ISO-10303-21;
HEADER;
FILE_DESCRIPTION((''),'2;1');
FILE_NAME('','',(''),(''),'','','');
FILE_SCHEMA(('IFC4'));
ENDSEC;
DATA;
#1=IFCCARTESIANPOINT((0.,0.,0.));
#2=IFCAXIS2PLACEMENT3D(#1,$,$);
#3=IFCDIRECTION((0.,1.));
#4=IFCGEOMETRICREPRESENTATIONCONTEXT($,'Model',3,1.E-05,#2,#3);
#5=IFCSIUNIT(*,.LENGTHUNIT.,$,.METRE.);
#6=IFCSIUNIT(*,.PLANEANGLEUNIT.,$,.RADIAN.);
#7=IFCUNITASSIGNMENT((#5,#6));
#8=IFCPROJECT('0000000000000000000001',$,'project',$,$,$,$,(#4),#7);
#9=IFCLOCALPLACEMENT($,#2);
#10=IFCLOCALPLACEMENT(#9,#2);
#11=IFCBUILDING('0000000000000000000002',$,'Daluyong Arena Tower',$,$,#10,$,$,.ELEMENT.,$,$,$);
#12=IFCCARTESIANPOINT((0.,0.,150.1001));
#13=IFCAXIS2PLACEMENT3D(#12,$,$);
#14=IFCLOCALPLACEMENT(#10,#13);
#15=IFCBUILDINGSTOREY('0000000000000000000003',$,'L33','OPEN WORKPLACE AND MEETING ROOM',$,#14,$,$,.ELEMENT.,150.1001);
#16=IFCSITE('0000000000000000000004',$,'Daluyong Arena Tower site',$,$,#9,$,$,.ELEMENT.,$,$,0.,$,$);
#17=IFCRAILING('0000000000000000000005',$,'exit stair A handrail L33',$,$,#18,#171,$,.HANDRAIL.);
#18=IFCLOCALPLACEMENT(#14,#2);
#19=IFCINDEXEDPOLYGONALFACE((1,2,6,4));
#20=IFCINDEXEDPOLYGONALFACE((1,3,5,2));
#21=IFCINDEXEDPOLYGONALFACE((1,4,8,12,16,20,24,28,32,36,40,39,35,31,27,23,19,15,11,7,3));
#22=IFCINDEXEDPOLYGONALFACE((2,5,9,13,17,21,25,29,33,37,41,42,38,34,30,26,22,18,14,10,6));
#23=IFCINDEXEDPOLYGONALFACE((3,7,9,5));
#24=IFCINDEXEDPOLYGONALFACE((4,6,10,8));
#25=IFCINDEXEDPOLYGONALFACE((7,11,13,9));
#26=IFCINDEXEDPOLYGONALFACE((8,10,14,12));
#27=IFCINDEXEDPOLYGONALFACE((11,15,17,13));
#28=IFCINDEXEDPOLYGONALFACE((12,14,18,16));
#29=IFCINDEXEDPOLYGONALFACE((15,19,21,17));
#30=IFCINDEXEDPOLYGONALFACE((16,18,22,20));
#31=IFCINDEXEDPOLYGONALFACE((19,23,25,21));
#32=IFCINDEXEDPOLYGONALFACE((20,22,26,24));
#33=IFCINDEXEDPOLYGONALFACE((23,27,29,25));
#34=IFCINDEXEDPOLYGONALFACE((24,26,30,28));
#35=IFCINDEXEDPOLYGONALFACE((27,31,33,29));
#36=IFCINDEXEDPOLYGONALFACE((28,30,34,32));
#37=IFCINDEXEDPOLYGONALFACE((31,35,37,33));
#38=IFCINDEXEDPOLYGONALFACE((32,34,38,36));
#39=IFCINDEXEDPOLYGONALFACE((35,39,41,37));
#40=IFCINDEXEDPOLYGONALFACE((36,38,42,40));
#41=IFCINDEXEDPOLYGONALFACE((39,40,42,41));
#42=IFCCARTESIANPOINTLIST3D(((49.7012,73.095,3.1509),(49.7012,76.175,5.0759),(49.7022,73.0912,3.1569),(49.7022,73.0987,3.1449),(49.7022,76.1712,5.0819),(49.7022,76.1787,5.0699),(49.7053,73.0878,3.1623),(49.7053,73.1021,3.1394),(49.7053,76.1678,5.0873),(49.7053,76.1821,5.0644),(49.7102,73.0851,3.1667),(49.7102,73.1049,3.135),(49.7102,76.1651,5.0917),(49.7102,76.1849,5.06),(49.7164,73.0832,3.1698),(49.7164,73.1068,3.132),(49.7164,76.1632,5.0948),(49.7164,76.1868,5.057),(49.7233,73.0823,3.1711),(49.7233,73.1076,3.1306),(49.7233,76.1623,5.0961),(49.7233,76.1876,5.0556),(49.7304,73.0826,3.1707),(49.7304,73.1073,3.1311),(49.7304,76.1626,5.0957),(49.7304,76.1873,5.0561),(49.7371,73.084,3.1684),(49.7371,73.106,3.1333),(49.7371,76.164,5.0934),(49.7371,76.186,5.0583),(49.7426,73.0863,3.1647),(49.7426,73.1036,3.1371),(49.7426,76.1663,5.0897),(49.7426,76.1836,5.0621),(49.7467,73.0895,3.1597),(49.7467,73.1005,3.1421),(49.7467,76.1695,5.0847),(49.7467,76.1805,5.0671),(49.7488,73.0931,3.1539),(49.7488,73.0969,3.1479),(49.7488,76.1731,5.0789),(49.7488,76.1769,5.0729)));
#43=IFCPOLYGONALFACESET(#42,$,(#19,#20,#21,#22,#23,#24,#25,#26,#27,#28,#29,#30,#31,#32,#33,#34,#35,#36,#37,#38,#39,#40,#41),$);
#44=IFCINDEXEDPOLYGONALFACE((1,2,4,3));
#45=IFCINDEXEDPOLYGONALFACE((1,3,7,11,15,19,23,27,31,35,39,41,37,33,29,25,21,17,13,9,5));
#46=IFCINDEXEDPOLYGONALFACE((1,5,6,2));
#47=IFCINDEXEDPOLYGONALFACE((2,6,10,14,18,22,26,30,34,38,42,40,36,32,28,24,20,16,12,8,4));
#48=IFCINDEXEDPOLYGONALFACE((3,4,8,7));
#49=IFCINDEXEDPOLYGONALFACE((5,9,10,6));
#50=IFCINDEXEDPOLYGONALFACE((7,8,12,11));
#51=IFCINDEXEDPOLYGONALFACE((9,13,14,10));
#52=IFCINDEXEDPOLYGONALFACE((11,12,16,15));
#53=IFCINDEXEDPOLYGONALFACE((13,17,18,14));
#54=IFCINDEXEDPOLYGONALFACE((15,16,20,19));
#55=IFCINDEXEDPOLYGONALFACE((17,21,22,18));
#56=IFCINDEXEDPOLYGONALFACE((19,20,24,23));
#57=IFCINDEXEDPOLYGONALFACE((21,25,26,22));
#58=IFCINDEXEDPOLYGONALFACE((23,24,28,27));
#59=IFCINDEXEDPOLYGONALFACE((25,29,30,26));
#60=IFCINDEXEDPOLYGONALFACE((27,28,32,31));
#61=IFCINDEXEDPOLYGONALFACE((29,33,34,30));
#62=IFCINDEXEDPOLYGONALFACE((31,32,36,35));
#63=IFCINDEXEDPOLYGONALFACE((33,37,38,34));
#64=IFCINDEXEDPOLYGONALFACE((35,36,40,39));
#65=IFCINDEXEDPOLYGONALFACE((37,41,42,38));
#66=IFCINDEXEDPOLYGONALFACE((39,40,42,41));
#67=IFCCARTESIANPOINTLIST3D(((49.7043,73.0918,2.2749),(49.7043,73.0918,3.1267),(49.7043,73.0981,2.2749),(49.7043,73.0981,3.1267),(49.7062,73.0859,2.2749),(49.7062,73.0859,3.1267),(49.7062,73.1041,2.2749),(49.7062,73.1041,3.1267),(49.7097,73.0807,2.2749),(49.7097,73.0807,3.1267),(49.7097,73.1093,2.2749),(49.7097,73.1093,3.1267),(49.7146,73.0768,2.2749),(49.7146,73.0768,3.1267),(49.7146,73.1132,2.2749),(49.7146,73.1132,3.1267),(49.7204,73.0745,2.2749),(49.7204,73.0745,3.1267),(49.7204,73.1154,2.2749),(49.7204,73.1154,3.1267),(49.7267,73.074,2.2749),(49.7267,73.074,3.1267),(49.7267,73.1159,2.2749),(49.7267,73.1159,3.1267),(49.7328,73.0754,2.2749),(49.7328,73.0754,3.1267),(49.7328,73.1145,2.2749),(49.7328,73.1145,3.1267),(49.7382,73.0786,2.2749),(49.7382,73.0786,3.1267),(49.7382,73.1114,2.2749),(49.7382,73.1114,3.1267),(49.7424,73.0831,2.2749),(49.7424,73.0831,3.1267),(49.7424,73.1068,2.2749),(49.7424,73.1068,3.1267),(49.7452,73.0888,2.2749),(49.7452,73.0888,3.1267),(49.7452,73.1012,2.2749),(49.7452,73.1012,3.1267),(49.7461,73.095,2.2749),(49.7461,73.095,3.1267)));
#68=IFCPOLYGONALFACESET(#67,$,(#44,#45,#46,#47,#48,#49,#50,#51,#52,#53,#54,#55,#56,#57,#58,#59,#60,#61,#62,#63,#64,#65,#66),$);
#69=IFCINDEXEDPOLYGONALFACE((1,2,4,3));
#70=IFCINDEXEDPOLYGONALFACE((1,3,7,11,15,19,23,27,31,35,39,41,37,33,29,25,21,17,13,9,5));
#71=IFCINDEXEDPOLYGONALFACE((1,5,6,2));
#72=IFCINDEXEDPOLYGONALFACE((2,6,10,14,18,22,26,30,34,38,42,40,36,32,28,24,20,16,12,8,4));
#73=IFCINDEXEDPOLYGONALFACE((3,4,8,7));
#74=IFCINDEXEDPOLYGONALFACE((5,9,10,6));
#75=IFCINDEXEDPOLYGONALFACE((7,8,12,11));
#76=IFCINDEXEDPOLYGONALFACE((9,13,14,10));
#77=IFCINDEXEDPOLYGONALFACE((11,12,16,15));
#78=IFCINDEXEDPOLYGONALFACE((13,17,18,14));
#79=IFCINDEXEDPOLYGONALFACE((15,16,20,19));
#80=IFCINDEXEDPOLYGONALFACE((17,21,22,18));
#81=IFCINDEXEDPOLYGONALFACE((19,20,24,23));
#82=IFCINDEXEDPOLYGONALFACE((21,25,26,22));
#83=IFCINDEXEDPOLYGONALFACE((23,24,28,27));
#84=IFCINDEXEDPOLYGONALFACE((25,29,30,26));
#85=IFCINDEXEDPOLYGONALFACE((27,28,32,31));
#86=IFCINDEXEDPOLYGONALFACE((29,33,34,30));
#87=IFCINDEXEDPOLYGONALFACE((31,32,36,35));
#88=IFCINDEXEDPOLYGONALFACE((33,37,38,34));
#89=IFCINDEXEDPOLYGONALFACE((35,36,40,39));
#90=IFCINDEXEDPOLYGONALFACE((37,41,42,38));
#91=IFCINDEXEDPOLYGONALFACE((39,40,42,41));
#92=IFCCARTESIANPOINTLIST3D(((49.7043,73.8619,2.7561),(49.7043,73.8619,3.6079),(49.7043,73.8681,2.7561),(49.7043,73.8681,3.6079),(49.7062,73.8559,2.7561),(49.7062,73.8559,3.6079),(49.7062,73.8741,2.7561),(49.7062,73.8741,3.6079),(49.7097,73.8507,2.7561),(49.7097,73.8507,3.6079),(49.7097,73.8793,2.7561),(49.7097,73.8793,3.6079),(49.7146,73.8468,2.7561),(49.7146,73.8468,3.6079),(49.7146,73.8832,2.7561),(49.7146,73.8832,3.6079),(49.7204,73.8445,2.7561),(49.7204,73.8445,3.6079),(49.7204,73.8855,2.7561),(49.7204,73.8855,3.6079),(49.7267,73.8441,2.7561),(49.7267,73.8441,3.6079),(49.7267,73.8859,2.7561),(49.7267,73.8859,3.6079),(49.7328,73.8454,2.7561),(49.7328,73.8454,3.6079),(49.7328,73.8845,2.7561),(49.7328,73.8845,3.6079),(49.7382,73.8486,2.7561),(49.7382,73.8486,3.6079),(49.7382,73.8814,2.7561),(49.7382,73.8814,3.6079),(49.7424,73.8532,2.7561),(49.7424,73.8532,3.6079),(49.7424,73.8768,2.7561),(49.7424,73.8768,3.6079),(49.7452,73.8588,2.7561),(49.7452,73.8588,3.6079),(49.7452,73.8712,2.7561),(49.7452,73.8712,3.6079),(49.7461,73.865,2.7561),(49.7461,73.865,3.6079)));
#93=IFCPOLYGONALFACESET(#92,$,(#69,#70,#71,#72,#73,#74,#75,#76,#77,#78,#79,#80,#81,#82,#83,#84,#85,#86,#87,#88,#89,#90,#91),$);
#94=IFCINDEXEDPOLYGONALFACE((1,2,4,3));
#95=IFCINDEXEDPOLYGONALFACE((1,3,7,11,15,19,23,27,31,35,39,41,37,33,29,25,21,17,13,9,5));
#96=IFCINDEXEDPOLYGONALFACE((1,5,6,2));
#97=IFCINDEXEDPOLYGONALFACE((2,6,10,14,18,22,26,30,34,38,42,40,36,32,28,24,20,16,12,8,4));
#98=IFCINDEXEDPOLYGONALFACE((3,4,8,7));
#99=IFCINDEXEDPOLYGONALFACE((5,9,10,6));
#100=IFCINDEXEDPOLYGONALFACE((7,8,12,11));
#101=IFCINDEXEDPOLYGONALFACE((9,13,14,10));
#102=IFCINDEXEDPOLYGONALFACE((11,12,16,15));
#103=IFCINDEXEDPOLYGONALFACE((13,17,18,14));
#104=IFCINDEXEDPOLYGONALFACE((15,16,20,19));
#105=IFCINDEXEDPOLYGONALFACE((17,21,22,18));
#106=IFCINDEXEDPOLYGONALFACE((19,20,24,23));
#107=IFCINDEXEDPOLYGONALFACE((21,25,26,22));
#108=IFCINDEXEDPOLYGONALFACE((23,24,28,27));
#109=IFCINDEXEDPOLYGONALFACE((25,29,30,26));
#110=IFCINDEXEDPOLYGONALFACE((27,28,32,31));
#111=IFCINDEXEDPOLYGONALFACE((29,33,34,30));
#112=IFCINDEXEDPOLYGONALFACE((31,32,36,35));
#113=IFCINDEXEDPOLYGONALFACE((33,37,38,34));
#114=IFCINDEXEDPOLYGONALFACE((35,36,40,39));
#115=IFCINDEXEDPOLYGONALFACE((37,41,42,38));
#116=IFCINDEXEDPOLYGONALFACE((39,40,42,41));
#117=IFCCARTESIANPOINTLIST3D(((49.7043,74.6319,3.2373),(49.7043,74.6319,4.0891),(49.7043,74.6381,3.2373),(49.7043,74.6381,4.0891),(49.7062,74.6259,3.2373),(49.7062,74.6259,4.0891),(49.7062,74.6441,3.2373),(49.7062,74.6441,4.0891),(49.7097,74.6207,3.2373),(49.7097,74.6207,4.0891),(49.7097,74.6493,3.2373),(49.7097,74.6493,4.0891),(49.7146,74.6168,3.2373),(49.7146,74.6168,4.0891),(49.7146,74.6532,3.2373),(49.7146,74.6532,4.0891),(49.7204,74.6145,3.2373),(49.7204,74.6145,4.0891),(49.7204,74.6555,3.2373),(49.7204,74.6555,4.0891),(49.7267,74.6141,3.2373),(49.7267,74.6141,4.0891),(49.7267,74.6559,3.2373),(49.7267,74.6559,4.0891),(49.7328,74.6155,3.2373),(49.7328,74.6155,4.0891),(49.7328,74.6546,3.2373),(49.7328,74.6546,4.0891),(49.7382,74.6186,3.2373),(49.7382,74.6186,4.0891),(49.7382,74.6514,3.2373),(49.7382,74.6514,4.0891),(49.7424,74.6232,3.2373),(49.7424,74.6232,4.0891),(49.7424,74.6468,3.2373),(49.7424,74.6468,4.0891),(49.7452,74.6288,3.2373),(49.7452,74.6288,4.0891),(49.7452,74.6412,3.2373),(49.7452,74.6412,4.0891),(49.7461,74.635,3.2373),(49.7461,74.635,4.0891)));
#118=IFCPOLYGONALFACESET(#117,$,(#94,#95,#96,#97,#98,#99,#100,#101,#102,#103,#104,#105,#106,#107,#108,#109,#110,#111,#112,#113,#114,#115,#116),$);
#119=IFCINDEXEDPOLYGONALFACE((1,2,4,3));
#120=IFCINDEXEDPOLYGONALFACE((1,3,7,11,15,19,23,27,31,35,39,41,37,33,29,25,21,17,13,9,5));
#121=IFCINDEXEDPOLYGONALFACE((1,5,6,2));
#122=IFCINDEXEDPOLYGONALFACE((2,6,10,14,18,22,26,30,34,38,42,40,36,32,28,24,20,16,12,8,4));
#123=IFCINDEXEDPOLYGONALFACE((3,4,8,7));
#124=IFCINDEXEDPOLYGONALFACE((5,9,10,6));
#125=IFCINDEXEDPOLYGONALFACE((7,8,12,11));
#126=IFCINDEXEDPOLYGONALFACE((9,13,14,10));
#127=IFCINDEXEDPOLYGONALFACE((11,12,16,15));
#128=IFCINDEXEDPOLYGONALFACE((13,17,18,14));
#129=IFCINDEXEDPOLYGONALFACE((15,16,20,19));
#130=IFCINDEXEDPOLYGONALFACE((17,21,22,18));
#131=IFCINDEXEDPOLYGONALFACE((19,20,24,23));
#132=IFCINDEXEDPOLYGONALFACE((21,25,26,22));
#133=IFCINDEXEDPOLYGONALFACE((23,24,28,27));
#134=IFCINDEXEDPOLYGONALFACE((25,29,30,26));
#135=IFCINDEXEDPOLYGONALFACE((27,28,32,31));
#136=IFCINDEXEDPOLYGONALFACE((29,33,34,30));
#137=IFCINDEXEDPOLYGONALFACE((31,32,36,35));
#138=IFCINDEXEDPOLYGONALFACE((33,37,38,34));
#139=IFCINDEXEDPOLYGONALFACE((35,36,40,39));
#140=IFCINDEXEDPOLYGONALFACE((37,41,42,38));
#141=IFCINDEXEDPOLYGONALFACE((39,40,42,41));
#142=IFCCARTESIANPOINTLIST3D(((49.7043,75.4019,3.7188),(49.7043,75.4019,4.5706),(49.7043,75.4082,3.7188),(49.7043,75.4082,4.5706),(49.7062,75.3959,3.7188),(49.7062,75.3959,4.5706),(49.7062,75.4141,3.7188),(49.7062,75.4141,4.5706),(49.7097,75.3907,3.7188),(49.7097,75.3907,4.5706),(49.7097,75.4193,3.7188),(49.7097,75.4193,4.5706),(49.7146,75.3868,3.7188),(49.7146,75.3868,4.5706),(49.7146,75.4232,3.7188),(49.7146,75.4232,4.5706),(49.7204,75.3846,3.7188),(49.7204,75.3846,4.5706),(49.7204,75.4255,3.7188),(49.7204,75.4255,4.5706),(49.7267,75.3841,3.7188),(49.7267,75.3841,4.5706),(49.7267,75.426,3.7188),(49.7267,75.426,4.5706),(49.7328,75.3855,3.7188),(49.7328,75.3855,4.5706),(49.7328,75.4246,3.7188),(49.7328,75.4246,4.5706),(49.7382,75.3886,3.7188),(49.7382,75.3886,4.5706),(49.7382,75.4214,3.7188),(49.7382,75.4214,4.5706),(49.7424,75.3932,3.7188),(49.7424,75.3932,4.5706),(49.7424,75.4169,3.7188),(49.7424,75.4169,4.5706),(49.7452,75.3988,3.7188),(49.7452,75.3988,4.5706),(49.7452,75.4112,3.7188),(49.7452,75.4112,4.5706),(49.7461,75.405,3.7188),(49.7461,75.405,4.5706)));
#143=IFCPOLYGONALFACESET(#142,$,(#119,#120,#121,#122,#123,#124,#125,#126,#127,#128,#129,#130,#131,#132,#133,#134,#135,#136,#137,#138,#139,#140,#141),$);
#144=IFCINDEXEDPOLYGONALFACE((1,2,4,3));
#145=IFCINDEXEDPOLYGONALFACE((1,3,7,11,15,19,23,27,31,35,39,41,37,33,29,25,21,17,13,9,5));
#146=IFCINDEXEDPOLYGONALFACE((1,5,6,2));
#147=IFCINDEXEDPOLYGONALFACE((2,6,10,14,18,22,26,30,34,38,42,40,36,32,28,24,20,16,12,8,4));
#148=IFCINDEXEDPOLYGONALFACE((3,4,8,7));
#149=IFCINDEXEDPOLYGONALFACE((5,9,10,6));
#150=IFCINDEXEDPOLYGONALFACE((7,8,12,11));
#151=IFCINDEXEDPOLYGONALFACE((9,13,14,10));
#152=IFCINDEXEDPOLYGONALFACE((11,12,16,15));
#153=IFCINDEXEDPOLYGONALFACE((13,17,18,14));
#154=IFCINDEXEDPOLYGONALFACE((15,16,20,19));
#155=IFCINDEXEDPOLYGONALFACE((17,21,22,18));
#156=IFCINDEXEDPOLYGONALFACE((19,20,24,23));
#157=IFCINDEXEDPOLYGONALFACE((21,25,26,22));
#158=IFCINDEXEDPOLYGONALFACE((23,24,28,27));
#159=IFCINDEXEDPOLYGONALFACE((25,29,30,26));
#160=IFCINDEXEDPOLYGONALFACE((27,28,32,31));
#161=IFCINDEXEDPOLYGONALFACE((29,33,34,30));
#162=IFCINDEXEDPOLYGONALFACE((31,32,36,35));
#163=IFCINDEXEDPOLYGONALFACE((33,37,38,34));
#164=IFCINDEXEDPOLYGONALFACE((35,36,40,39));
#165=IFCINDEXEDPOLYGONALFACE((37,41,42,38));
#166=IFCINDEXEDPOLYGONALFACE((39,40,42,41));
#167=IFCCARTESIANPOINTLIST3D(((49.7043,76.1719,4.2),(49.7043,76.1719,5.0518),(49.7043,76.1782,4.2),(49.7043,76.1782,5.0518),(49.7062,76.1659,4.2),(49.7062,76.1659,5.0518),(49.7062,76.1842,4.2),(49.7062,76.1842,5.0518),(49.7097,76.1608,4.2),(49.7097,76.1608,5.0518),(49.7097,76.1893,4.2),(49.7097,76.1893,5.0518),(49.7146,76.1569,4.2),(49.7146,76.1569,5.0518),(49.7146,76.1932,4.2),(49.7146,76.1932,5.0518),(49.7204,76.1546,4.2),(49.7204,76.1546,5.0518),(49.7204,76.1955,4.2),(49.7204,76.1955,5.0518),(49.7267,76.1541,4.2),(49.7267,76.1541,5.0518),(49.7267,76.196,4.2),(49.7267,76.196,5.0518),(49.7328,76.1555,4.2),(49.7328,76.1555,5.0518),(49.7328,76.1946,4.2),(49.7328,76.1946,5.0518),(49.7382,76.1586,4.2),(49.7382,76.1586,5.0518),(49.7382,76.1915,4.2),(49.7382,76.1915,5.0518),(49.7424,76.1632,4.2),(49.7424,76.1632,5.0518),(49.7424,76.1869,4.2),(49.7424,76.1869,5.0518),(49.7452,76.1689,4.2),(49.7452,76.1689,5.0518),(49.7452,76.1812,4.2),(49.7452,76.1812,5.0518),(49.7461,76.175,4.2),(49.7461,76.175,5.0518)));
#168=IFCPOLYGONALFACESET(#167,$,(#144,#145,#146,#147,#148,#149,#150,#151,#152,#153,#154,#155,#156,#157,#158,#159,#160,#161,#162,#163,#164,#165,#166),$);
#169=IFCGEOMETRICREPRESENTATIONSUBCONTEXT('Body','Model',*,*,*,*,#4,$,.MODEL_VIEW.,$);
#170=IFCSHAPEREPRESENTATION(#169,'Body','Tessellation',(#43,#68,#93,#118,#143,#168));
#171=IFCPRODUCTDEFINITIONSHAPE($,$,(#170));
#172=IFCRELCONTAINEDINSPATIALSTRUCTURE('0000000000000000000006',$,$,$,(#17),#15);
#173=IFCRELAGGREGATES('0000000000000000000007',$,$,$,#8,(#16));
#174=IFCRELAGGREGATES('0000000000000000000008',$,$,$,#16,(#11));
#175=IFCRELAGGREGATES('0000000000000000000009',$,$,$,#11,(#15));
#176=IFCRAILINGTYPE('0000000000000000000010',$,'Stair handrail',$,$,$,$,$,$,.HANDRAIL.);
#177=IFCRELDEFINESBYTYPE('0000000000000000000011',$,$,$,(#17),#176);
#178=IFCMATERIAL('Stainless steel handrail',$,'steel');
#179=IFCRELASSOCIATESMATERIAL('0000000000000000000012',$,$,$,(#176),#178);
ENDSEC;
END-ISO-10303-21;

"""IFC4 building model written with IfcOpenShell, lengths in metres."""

from ifc_helpers import new_model, si_unit, direction, frame, origin, origin_2d, place, context, subcontext, project, spatial, circle, extrude, material, type_object, element, save


model = new_model("IFC4")

# Units and contexts
model_context = context("Model", 3, precision=1e-05, world=origin(), true_north=direction((0.0, 1.0)))
body_context = subcontext(model_context, "Body", "Model", "MODEL_VIEW")
ifc_project = project(units=[si_unit("LENGTHUNIT", "METRE"), si_unit("PLANEANGLEUNIT", "RADIAN")], contexts=[model_context])

# Site, building, storey
site_placement = place(None, origin())
site = spatial("IfcSite", under=ifc_project, at=site_placement, Name="Daluyong Arena Tower site", CompositionType="ELEMENT", RefElevation=0.0)
building_placement = place(site_placement, origin())
building = spatial("IfcBuilding", under=site, at=building_placement, Name="Daluyong Arena Tower", CompositionType="ELEMENT")
storey_placement = place(building_placement, frame((0.0, 0.0, 150.1001)))
storey = spatial("IfcBuildingStorey", under=building, at=storey_placement, Name="L33", Description="OPEN WORKPLACE AND MEETING ROOM", CompositionType="ELEMENT", Elevation=150.1001)

# Railing
ifc_material_1 = material(Name="Stainless steel handrail", Category="steel")
railing_type_1 = type_object("IfcRailingType", Name="Stair handrail", PredefinedType="HANDRAIL", material=ifc_material_1)
railing_1_placement = place(storey_placement, frame((49.7251, 73.095, 2.2749)))
element("IfcRailing", 1, at=railing_1_placement, inside=storey, type_object=railing_type_1, Name="exit stair A handrail L33", PredefinedType="HANDRAIL", context=body_context, shape_type="SweptSolid", body=[
    extrude(circle(Radius=0.0239, at=origin_2d()), frame((0.0, 0.0, 0.876), z_axis=(0.0, 0.847998, 0.529999), x_axis=(-1.0, 0.0, 0.0)), (0.0, 0.0, 1.0), 3.6321),
    extrude(circle(Radius=0.021, at=origin_2d()), origin(), (0.0, 0.0, 1.0), 0.8518),
    extrude(circle(Radius=0.021, at=origin_2d()), frame((0.0, 0.77, 0.4812)), (0.0, 0.0, 1.0), 0.8518),
    extrude(circle(Radius=0.021, at=origin_2d()), frame((0.0, 1.54, 0.9624)), (0.0, 0.0, 1.0), 0.8518),
    extrude(circle(Radius=0.021, at=origin_2d()), frame((0.0, 2.3101, 1.4438)), (0.0, 0.0, 1.0), 0.8518),
    extrude(circle(Radius=0.021, at=origin_2d()), frame((0.0, 3.0801, 1.925)), (0.0, 0.0, 1.0), 0.8518),
])

save(model, "model.ifc")
